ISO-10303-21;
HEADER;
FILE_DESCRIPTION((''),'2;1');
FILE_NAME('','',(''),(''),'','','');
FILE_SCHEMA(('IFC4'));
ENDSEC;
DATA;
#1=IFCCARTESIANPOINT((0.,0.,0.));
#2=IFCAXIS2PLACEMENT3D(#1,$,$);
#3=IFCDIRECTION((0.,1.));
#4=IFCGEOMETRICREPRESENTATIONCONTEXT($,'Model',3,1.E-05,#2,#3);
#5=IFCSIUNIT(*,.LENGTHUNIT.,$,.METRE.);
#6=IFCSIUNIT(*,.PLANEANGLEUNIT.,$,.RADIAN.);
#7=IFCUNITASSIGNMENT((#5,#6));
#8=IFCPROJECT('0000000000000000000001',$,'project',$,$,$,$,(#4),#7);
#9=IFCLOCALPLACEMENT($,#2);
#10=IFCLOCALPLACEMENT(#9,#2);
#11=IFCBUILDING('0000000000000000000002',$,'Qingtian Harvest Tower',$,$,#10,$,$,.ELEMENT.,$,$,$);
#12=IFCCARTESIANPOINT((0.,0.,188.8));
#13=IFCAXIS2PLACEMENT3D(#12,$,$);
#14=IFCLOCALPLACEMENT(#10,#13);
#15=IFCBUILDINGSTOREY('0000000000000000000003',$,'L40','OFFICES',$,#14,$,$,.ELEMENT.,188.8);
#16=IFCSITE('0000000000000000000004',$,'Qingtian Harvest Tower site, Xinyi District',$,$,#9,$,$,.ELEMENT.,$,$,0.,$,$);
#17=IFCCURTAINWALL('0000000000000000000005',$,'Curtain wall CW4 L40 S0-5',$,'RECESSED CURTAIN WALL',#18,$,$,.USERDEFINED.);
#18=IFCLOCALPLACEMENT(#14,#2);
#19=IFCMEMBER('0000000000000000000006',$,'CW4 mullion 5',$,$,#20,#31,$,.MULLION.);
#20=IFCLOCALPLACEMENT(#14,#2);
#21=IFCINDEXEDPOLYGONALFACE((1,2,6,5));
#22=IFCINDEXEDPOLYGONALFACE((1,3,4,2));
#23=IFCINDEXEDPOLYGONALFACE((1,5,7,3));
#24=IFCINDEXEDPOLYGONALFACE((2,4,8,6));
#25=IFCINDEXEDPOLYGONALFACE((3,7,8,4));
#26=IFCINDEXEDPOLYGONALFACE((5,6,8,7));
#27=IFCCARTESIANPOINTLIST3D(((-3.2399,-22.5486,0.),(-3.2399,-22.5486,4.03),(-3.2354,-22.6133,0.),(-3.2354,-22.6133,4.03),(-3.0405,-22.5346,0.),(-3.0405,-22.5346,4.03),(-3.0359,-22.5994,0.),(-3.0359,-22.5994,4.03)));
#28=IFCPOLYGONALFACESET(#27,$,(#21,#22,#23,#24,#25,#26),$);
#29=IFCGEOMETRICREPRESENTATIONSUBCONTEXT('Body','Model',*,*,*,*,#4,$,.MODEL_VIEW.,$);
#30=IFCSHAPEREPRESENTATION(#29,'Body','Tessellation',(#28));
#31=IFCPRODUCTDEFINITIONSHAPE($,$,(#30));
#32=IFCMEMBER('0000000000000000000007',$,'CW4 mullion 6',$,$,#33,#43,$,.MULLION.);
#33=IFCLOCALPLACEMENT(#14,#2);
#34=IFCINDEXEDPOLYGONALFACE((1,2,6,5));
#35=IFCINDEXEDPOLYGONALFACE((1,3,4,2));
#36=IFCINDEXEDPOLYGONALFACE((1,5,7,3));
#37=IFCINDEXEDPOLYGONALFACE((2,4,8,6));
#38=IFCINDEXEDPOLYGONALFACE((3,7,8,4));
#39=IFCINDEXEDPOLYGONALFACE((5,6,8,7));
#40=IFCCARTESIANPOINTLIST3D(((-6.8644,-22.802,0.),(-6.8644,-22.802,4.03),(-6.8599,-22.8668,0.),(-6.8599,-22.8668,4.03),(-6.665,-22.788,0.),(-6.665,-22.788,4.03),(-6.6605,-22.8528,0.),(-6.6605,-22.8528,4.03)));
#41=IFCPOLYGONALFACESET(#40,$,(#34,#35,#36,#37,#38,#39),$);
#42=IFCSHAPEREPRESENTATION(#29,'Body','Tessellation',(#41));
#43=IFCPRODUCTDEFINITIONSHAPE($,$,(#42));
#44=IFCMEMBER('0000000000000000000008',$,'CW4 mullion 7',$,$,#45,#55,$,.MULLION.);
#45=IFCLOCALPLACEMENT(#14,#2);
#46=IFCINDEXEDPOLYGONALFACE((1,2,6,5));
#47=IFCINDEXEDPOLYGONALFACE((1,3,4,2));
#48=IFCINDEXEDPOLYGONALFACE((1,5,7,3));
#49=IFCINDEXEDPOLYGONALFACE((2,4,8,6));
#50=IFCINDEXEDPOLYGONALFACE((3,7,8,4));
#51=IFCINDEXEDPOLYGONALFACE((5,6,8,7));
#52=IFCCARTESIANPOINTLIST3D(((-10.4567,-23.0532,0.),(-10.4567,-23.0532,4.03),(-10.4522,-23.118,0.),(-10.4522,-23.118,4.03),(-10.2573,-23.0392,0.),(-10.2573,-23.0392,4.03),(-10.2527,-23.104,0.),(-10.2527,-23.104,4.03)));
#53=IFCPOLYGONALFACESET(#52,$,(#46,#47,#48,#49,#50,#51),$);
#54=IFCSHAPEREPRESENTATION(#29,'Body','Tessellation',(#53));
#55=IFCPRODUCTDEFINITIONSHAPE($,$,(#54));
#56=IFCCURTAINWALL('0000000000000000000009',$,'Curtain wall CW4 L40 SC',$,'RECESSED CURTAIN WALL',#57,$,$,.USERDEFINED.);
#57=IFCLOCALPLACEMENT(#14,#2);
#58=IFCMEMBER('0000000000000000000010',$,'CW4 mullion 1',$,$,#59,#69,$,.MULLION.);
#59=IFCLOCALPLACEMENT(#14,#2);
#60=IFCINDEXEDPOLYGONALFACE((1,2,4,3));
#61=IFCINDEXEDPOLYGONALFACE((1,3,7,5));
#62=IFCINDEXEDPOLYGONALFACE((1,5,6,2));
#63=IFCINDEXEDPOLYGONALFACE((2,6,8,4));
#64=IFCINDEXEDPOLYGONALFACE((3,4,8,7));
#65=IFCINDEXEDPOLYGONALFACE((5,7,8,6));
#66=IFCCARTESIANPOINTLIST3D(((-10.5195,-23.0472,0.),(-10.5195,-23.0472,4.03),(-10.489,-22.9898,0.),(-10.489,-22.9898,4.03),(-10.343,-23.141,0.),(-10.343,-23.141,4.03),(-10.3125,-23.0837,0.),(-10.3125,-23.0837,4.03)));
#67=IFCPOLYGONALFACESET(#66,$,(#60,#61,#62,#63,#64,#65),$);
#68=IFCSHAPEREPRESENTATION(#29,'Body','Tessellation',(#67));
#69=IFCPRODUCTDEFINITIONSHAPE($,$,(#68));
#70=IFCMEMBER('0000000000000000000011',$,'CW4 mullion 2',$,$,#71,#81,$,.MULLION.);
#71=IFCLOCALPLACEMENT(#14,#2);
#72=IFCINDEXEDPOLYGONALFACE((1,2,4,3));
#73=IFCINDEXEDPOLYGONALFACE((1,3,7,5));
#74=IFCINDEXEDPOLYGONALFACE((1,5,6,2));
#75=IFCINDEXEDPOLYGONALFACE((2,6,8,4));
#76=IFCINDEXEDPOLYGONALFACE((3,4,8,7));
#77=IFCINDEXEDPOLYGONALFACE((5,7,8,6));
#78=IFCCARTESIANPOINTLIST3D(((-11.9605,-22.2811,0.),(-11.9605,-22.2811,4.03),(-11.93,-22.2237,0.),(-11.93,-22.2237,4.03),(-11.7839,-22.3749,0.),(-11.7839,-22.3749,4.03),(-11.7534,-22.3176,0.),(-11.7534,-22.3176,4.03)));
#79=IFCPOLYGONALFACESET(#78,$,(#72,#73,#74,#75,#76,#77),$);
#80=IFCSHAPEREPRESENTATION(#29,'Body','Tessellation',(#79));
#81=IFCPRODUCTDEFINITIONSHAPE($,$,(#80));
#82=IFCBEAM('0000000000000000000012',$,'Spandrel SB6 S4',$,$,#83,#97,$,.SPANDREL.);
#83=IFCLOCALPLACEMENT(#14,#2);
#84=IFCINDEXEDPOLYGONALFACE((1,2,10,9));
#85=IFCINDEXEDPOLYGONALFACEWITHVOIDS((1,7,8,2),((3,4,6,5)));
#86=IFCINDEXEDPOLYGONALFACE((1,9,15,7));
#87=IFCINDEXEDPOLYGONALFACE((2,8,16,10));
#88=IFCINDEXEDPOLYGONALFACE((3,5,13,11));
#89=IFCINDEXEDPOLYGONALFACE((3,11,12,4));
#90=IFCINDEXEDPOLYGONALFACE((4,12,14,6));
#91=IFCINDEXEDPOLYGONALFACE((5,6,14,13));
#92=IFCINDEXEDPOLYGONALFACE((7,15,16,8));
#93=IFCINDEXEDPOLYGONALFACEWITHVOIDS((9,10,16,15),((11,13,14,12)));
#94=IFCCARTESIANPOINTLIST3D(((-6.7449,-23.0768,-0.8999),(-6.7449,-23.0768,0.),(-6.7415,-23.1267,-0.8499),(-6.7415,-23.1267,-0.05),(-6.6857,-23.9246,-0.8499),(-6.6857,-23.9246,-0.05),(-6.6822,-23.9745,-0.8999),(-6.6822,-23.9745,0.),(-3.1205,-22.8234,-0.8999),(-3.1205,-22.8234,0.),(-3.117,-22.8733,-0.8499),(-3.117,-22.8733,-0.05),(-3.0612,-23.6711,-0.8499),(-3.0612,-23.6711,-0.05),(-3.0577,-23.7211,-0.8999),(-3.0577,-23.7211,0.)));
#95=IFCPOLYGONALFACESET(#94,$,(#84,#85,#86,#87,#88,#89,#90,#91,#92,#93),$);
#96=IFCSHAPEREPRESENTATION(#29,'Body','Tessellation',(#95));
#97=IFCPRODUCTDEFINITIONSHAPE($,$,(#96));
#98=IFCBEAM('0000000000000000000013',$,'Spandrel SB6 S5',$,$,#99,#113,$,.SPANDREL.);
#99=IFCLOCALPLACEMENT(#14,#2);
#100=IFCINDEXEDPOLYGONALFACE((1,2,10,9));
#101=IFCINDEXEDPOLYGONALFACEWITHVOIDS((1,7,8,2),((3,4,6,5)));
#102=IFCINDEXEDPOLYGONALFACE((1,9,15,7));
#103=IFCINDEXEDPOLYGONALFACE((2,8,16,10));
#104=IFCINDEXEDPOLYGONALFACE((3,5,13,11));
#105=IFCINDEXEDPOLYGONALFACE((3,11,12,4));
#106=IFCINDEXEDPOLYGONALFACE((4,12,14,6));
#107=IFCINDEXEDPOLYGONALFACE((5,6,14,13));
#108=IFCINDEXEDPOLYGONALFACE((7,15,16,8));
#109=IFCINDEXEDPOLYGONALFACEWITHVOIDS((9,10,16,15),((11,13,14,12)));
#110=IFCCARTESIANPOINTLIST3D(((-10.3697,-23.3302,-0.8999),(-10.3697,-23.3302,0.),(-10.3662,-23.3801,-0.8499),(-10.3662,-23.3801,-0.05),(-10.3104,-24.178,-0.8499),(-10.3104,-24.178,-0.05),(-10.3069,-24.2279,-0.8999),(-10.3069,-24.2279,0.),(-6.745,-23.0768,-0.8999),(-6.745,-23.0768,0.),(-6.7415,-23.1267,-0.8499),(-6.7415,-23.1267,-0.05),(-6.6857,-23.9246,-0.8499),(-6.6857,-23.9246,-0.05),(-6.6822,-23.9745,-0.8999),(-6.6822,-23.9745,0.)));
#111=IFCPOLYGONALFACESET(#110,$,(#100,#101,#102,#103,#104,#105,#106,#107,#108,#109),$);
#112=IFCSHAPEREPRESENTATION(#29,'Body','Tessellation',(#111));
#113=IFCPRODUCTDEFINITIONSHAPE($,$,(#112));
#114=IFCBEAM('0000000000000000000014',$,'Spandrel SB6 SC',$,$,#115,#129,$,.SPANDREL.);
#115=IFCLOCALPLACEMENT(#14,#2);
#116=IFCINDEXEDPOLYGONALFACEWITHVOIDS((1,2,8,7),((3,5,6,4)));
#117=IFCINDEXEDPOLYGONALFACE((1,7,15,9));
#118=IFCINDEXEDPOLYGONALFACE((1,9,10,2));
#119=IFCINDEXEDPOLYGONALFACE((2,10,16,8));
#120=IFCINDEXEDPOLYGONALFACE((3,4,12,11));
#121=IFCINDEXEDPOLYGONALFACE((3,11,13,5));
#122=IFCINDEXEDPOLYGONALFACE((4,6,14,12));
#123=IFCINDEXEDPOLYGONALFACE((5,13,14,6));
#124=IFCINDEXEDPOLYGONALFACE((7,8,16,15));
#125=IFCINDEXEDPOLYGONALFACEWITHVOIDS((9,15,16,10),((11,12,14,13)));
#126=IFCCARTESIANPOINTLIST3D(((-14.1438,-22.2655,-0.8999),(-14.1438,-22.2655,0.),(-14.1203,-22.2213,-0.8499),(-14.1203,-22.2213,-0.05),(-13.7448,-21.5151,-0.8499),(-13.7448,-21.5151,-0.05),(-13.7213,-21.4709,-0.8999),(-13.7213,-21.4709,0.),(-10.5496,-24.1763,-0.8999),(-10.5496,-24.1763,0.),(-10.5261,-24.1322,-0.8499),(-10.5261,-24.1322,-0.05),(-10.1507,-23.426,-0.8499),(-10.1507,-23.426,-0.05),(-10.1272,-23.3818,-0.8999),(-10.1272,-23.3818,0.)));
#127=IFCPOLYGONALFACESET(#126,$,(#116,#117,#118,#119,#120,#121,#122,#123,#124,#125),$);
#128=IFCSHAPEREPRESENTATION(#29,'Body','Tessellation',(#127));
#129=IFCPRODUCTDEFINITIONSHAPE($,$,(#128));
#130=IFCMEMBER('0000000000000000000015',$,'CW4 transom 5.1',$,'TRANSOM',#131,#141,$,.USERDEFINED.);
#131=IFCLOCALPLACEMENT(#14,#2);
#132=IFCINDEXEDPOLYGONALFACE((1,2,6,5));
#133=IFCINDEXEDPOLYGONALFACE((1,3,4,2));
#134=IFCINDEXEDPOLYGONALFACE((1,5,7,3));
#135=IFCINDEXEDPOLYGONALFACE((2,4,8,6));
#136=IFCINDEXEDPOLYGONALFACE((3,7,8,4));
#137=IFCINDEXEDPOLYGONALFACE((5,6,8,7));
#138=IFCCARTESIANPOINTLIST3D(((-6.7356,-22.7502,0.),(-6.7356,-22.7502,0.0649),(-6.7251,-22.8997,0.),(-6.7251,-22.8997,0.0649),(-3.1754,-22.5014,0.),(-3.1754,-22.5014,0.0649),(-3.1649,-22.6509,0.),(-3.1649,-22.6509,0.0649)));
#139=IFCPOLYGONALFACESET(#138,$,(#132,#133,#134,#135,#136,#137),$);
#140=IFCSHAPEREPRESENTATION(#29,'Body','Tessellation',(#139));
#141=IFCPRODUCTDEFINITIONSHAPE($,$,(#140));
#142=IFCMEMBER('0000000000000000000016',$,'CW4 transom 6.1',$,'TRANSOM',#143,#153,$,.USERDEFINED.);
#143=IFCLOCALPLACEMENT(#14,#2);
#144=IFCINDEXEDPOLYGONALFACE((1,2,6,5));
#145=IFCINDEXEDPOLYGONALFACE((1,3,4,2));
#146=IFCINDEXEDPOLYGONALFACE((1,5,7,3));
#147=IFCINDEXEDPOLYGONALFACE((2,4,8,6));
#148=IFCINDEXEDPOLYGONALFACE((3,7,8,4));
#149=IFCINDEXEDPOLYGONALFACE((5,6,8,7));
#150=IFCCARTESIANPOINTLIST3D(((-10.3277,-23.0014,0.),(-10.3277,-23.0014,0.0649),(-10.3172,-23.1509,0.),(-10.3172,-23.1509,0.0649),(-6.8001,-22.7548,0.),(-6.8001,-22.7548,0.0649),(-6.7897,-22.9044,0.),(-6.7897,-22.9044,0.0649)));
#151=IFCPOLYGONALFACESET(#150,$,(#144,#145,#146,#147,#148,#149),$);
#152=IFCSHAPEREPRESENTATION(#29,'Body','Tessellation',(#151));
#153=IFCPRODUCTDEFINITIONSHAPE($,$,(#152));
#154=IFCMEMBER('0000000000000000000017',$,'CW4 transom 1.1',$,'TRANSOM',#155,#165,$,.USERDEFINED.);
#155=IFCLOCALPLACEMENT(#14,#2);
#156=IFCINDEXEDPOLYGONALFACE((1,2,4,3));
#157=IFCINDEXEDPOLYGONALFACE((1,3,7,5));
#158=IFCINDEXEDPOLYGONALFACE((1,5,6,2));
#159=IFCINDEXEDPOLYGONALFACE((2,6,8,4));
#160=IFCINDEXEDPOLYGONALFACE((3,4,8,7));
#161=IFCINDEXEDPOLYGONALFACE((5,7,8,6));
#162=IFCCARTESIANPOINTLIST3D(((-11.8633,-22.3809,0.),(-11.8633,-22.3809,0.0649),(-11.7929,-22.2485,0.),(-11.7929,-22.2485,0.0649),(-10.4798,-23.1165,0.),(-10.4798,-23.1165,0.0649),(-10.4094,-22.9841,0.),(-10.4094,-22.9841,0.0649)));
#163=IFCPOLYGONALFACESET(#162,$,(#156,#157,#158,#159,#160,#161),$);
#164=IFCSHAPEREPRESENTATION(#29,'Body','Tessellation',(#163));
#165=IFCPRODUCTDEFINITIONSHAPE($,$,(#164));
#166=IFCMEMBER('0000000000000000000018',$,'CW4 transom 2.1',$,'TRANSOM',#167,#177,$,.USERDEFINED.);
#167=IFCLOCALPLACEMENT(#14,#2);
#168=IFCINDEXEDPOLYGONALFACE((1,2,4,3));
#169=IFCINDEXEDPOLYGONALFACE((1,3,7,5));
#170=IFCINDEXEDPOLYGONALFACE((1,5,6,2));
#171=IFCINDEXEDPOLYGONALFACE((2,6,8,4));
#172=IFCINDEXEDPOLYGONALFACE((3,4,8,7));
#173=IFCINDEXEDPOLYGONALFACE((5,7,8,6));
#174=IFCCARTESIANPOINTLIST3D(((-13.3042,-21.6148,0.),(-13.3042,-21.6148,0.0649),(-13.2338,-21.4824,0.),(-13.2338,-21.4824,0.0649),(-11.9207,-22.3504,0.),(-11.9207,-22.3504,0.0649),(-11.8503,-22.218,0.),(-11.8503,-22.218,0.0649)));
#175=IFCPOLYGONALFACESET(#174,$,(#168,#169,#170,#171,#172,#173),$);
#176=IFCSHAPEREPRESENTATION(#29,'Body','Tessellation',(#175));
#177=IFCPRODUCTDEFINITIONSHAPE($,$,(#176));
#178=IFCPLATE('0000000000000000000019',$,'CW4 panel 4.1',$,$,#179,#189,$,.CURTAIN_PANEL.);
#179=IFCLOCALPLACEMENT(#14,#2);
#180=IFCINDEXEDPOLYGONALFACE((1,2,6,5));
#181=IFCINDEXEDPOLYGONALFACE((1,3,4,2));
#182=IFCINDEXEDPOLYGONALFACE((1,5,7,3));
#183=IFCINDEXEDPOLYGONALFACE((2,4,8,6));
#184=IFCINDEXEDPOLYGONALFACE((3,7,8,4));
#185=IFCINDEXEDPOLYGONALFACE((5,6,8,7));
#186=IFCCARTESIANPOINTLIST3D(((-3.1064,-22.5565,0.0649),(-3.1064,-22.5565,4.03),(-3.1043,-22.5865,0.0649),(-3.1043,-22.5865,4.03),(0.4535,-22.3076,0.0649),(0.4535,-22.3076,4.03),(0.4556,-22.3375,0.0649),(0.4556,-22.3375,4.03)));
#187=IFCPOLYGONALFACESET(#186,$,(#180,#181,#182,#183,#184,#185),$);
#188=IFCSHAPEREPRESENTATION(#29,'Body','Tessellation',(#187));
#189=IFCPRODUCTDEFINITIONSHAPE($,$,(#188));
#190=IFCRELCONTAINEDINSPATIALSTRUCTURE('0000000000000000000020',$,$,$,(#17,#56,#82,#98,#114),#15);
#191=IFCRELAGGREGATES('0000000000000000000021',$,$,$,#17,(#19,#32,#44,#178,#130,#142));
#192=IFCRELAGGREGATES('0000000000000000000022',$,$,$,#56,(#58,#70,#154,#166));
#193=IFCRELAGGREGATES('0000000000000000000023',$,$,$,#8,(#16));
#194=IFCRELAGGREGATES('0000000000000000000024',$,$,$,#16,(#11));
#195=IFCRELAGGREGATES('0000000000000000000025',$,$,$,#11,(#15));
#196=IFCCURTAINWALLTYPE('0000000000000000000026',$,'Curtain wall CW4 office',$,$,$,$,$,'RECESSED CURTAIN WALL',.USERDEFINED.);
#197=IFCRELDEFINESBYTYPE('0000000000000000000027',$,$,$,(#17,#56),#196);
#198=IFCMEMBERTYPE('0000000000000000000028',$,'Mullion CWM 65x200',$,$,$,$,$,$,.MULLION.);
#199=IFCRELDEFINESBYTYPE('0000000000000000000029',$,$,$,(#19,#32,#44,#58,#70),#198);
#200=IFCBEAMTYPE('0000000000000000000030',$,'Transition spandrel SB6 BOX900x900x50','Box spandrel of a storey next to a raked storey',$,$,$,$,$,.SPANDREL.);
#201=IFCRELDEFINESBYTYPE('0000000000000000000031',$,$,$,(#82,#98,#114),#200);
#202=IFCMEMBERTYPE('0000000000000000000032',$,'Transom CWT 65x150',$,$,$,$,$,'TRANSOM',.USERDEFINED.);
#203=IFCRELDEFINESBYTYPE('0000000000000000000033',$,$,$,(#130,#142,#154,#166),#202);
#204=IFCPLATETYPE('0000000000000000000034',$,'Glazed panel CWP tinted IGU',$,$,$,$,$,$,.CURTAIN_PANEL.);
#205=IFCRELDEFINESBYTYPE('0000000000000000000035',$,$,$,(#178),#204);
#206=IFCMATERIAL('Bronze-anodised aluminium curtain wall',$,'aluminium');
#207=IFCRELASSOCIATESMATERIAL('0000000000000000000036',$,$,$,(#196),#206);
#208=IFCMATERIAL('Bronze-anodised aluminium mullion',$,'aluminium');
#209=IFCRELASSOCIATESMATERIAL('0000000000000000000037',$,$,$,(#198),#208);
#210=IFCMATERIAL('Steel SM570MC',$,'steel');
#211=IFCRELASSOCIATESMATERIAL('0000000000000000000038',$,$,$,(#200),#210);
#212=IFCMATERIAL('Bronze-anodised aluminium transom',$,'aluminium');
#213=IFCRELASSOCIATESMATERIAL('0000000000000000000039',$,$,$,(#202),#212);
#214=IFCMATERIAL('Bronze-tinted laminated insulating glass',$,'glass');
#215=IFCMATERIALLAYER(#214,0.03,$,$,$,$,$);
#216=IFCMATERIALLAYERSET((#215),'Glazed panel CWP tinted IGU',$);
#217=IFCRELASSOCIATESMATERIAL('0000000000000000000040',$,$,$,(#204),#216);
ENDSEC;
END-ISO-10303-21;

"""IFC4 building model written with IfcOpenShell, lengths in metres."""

from ifc_helpers import new_model, si_unit, direction, frame, origin, origin_2d, place, context, subcontext, project, spatial, rectangle, hollow_rectangle, extrude, material, layer, layer_set, material_profile, profile_set, type_object, element, aggregate, save


model = new_model("IFC4")

# Units and contexts
model_context = context("Model", 3, precision=1e-05, world=origin(), true_north=direction((0.0, 1.0)))
body_context = subcontext(model_context, "Body", "Model", "MODEL_VIEW")
ifc_project = project(units=[si_unit("LENGTHUNIT", "METRE"), si_unit("PLANEANGLEUNIT", "RADIAN")], contexts=[model_context])

# Site, building, storey
site_placement = place(None, origin())
site = spatial("IfcSite", under=ifc_project, at=site_placement, Name="Qingtian Harvest Tower site, Xinyi District", CompositionType="ELEMENT", RefElevation=0.0)
building_placement = place(site_placement, origin())
building = spatial("IfcBuilding", under=site, at=building_placement, Name="Qingtian Harvest Tower", CompositionType="ELEMENT")
storey_placement = place(building_placement, frame((0.0, 0.0, 188.8)))
storey = spatial("IfcBuildingStorey", under=building, at=storey_placement, Name="L40", Description="OFFICES", CompositionType="ELEMENT", Elevation=188.8)

# Curtain walls, members
ifc_material_1 = material(Name="Bronze-anodised aluminium curtain wall", Category="aluminium")
curtain_wall_type = type_object("IfcCurtainWallType", Name="Curtain wall CW4 office", ElementType="RECESSED CURTAIN WALL", PredefinedType="USERDEFINED", material=ifc_material_1)
curtain_wall_1_placement = place(storey_placement, origin())
curtain_wall_1 = element("IfcCurtainWall", 1, at=curtain_wall_1_placement, inside=storey, type_object=curtain_wall_type, Name="Curtain wall CW4 L40 S0-5", ObjectType="RECESSED CURTAIN WALL", PredefinedType="USERDEFINED")
ifc_material_2 = material(Name="Bronze-anodised aluminium mullion", Category="aluminium")
ifc_material_profile_1 = material_profile(ifc_material_2, rectangle(XDim=0.0649, YDim=0.2, at=origin_2d()), Name="AL 65x200")
ifc_profile_set_1 = profile_set([ifc_material_profile_1], Name="Bronze-anodised aluminium mullion")
member_type_1 = type_object("IfcMemberType", Name="Mullion CWM 65x200", PredefinedType="MULLION", material=ifc_profile_set_1)
member_1_placement = place(storey_placement, frame((-3.1379, -22.574, 0.0), z_axis=(0.0, 0.0, 1.0), x_axis=(0.069756, -0.997564, 0.0)))
member_1 = element("IfcMember", 2, at=member_1_placement, type_object=member_type_1, Name="CW4 mullion 5", PredefinedType="MULLION", context=body_context, shape_type="SweptSolid", body=[
    extrude(rectangle(XDim=0.0649, YDim=0.2, at=origin_2d()), origin(), (0.0, 0.0, 1.0), 4.03),
])
member_2_placement = place(storey_placement, frame((-6.7625, -22.8274, 0.0), z_axis=(0.0, 0.0, 1.0), x_axis=(0.069756, -0.997564, 0.0)))
member_2 = element("IfcMember", 3, at=member_2_placement, type_object=member_type_1, Name="CW4 mullion 6", PredefinedType="MULLION", context=body_context, shape_type="SweptSolid", body=[
    extrude(rectangle(XDim=0.0649, YDim=0.2, at=origin_2d()), origin(), (0.0, 0.0, 1.0), 4.03),
])
member_3_placement = place(storey_placement, frame((-10.3547, -23.0786, 0.0), z_axis=(0.0, 0.0, 1.0), x_axis=(0.069756, -0.997564, 0.0)))
member_3 = element("IfcMember", 4, at=member_3_placement, type_object=member_type_1, Name="CW4 mullion 7", PredefinedType="MULLION", context=body_context, shape_type="SweptSolid", body=[
    extrude(rectangle(XDim=0.0649, YDim=0.2, at=origin_2d()), origin(), (0.0, 0.0, 1.0), 4.03),
])
curtain_wall_2_placement = place(storey_placement, origin())
curtain_wall_2 = element("IfcCurtainWall", 5, at=curtain_wall_2_placement, inside=storey, type_object=curtain_wall_type, Name="Curtain wall CW4 L40 SC", ObjectType="RECESSED CURTAIN WALL", PredefinedType="USERDEFINED")
member_4_placement = place(storey_placement, frame((-10.416, -23.0654, 0.0), z_axis=(0.0, 0.0, 1.0), x_axis=(-0.469472, -0.882948, 0.0)))
member_4 = element("IfcMember", 6, at=member_4_placement, type_object=member_type_1, Name="CW4 mullion 1", PredefinedType="MULLION", context=body_context, shape_type="SweptSolid", body=[
    extrude(rectangle(XDim=0.0649, YDim=0.2, at=origin_2d()), origin(), (0.0, 0.0, 1.0), 4.03),
])
member_5_placement = place(storey_placement, frame((-11.8569, -22.2993, 0.0), z_axis=(0.0, 0.0, 1.0), x_axis=(-0.469472, -0.882948, 0.0)))
member_5 = element("IfcMember", 7, at=member_5_placement, type_object=member_type_1, Name="CW4 mullion 2", PredefinedType="MULLION", context=body_context, shape_type="SweptSolid", body=[
    extrude(rectangle(XDim=0.0649, YDim=0.2, at=origin_2d()), origin(), (0.0, 0.0, 1.0), 4.03),
])

# Beams
ifc_material_3 = material(Name="Steel SM570MC", Category="steel")
ifc_material_profile_2 = material_profile(ifc_material_3, hollow_rectangle(XDim=0.8999, YDim=0.8999, WallThickness=0.05, at=origin_2d()), Name="BOX900x900x50")
ifc_profile_set_2 = profile_set([ifc_material_profile_2], Name="Steel SM570MC")
beam_type_1 = type_object("IfcBeamType", Name="Transition spandrel SB6 BOX900x900x50", Description="Box spandrel of a storey next to a raked storey", PredefinedType="SPANDREL", material=ifc_profile_set_2)
beam_1_placement = place(storey_placement, frame((-3.0891, -23.2722, -0.45), z_axis=(-0.997565, -0.069748, 0.0), x_axis=(0.069748, -0.997565, 0.0)))
element("IfcBeam", 8, at=beam_1_placement, inside=storey, type_object=beam_type_1, Name="Spandrel SB6 S4", PredefinedType="SPANDREL", context=body_context, shape_type="SweptSolid", body=[
    extrude(hollow_rectangle(XDim=0.8999, YDim=0.8999, WallThickness=0.05, at=origin_2d()), origin(), (0.0, 0.0, 1.0), 3.6333),
])
beam_2_placement = place(storey_placement, frame((-6.7136, -23.5256, -0.45), z_axis=(-0.997565, -0.069743, 0.0), x_axis=(0.069743, -0.997565, 0.0)))
element("IfcBeam", 9, at=beam_2_placement, inside=storey, type_object=beam_type_1, Name="Spandrel SB6 S5", PredefinedType="SPANDREL", context=body_context, shape_type="SweptSolid", body=[
    extrude(hollow_rectangle(XDim=0.8999, YDim=0.8999, WallThickness=0.05, at=origin_2d()), origin(), (0.0, 0.0, 1.0), 3.6335),
])
beam_3_placement = place(storey_placement, frame((-10.3384, -23.7791, -0.45), z_axis=(-0.882968, 0.469433, 0.0), x_axis=(-0.469433, -0.882968, 0.0)))
element("IfcBeam", 10, at=beam_3_placement, inside=storey, type_object=beam_type_1, Name="Spandrel SB6 SC", PredefinedType="SPANDREL", context=body_context, shape_type="SweptSolid", body=[
    extrude(hollow_rectangle(XDim=0.8999, YDim=0.8999, WallThickness=0.05, at=origin_2d()), origin(), (0.0, 0.0, 1.0), 4.0706),
])

# Members
ifc_material_4 = material(Name="Bronze-anodised aluminium transom", Category="aluminium")
ifc_material_profile_3 = material_profile(ifc_material_4, rectangle(XDim=0.1499, YDim=0.0649, at=origin_2d()), Name="AL 65x150")
ifc_profile_set_3 = profile_set([ifc_material_profile_3], Name="Bronze-anodised aluminium transom")
member_type_2 = type_object("IfcMemberType", Name="Transom CWT 65x150", ElementType="TRANSOM", PredefinedType="USERDEFINED", material=ifc_profile_set_3)
member_6_placement = place(storey_placement, frame((-3.1702, -22.5762, 0.0325), z_axis=(-0.997567, -0.069711, 0.0), x_axis=(0.069711, -0.997567, 0.0)))
member_6 = element("IfcMember", 11, at=member_6_placement, type_object=member_type_2, Name="CW4 transom 5.1", ObjectType="TRANSOM", PredefinedType="USERDEFINED", context=body_context, shape_type="SweptSolid", body=[
    extrude(rectangle(XDim=0.1499, YDim=0.0649, at=origin_2d()), origin(), (0.0, 0.0, 1.0), 3.5688),
])
member_7_placement = place(storey_placement, frame((-6.7949, -22.8296, 0.0325), z_axis=(-0.997566, -0.069731, 0.0), x_axis=(0.069731, -0.997566, 0.0)))
member_7 = element("IfcMember", 12, at=member_7_placement, type_object=member_type_2, Name="CW4 transom 6.1", ObjectType="TRANSOM", PredefinedType="USERDEFINED", context=body_context, shape_type="SweptSolid", body=[
    extrude(rectangle(XDim=0.1499, YDim=0.0649, at=origin_2d()), origin(), (0.0, 0.0, 1.0), 3.5361),
])
member_8_placement = place(storey_placement, frame((-10.4446, -23.0503, 0.0325), z_axis=(-0.88296, 0.469448, 0.0), x_axis=(-0.469448, -0.88296, 0.0)))
member_8 = element("IfcMember", 13, at=member_8_placement, type_object=member_type_2, Name="CW4 transom 1.1", ObjectType="TRANSOM", PredefinedType="USERDEFINED", context=body_context, shape_type="SweptSolid", body=[
    extrude(rectangle(XDim=0.1499, YDim=0.0649, at=origin_2d()), origin(), (0.0, 0.0, 1.0), 1.5669),
])
member_9_placement = place(storey_placement, frame((-11.8855, -22.2842, 0.0325), z_axis=(-0.88296, 0.469448, 0.0), x_axis=(-0.469448, -0.88296, 0.0)))
member_9 = element("IfcMember", 14, at=member_9_placement, type_object=member_type_2, Name="CW4 transom 2.1", ObjectType="TRANSOM", PredefinedType="USERDEFINED", context=body_context, shape_type="SweptSolid", body=[
    extrude(rectangle(XDim=0.1499, YDim=0.0649, at=origin_2d()), origin(), (0.0, 0.0, 1.0), 1.5669),
])

# Plate
ifc_material_5 = material(Name="Bronze-tinted laminated insulating glass", Category="glass")
ifc_layer_1 = layer(ifc_material_5, 0.03)
ifc_layer_set_1 = layer_set([ifc_layer_1], Name="Glazed panel CWP tinted IGU")
plate_type = type_object("IfcPlateType", Name="Glazed panel CWP tinted IGU", PredefinedType="CURTAIN_PANEL", material=ifc_layer_set_1)
plate_1_placement = place(storey_placement, frame((-1.3254, -22.447, 0.0649), z_axis=(0.0, 0.0, 1.0), x_axis=(-0.997564, -0.069756, 0.0)))
plate_1 = element("IfcPlate", 15, at=plate_1_placement, type_object=plate_type, Name="CW4 panel 4.1", PredefinedType="CURTAIN_PANEL", context=body_context, shape_type="SweptSolid", body=[
    extrude(rectangle(XDim=3.5686, YDim=0.03, at=origin_2d()), origin(), (0.0, 0.0, 1.0), 3.9651),
])
aggregate(curtain_wall_1, [member_1, member_2, member_3, plate_1, member_6, member_7])
aggregate(curtain_wall_2, [member_4, member_5, member_8, member_9])

save(model, "model.ifc")
